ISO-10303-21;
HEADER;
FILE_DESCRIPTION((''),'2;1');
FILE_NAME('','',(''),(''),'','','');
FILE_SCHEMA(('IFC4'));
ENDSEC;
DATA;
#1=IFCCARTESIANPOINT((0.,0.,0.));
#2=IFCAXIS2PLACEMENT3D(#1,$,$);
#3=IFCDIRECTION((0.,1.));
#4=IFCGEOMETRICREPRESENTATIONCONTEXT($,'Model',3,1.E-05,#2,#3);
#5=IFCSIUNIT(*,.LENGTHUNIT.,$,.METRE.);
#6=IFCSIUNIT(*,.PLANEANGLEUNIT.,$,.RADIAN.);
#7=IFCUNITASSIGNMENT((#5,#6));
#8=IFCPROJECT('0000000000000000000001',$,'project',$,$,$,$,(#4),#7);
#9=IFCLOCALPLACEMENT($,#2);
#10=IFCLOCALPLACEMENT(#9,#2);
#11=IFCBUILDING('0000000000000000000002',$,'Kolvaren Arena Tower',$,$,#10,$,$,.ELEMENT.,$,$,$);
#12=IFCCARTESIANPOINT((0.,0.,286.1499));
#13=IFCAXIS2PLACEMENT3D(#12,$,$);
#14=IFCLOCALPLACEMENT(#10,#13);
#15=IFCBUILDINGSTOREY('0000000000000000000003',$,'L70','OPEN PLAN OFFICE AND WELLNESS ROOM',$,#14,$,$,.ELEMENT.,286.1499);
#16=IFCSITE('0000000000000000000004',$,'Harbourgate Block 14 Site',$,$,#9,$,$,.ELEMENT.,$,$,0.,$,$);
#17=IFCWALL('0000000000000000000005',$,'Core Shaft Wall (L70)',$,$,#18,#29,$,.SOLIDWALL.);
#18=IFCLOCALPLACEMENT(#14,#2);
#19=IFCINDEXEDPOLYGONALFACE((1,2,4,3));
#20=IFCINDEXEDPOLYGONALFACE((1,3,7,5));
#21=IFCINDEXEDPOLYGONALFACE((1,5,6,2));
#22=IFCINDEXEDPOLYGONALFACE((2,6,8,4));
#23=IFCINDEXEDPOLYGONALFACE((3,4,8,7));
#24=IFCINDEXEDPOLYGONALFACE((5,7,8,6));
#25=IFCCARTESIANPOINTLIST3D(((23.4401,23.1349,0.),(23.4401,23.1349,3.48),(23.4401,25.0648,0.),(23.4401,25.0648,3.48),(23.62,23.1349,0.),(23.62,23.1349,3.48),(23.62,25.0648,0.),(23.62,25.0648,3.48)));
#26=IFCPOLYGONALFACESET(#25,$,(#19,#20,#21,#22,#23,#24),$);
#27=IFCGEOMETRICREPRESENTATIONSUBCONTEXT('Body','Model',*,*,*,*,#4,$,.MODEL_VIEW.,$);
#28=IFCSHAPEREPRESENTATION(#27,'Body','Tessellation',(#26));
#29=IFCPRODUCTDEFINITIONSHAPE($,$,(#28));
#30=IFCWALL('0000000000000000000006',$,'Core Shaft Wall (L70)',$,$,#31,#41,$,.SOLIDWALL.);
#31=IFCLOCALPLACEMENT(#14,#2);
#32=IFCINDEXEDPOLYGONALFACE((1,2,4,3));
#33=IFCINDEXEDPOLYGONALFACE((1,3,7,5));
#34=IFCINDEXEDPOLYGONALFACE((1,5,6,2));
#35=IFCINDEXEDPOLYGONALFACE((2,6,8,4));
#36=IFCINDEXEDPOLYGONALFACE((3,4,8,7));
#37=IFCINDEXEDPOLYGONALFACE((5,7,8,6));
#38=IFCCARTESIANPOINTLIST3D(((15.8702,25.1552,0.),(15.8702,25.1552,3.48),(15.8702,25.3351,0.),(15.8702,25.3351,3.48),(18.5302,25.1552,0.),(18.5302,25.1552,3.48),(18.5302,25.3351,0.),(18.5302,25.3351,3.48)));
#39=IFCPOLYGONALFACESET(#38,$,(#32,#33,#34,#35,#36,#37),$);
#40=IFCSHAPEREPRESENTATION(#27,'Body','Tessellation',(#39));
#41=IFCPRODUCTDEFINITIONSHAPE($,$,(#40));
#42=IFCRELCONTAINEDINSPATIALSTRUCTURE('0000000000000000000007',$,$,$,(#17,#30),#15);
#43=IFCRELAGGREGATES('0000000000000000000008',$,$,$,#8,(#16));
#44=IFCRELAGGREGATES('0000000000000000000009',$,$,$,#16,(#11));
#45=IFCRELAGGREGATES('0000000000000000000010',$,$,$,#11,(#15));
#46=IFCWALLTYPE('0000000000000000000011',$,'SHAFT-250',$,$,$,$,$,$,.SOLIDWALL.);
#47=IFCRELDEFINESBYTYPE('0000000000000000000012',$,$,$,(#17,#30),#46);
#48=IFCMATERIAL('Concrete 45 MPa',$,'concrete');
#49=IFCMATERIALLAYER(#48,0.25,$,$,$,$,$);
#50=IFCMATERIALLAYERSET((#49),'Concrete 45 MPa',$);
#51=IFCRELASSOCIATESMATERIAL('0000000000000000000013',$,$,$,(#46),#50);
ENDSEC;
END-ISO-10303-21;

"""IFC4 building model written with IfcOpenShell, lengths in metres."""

from ifc_helpers import new_model, si_unit, direction, frame, frame_2d, origin, place, context, subcontext, project, spatial, rectangle, extrude, material, layer, layer_set, type_object, element, save


model = new_model("IFC4")

# Units and contexts
model_context = context("Model", 3, precision=1e-05, world=origin(), true_north=direction((0.0, 1.0)))
body_context = subcontext(model_context, "Body", "Model", "MODEL_VIEW")
ifc_project = project(units=[si_unit("LENGTHUNIT", "METRE"), si_unit("PLANEANGLEUNIT", "RADIAN")], contexts=[model_context])

# Site, building, storey
site_placement = place(None, origin())
site = spatial("IfcSite", under=ifc_project, at=site_placement, Name="Harbourgate Block 14 Site", CompositionType="ELEMENT", RefElevation=0.0)
building_placement = place(site_placement, origin())
building = spatial("IfcBuilding", under=site, at=building_placement, Name="Kolvaren Arena Tower", CompositionType="ELEMENT")
storey_placement = place(building_placement, frame((0.0, 0.0, 286.1499)))
storey = spatial("IfcBuildingStorey", under=building, at=storey_placement, Name="L70", Description="OPEN PLAN OFFICE AND WELLNESS ROOM", CompositionType="ELEMENT", Elevation=286.1499)

# Walls
ifc_material_1 = material(Name="Concrete 45 MPa", Category="concrete")
ifc_layer_1 = layer(ifc_material_1, 0.25)
ifc_layer_set_1 = layer_set([ifc_layer_1], Name="Concrete 45 MPa")
wall_type_1 = type_object("IfcWallType", Name="SHAFT-250", PredefinedType="SOLIDWALL", material=ifc_layer_set_1)
for number, where, z_axis, x_axis, name in (
    (1, (23.53, 23.135, 0.0), (0.0, 0.0, 1.0), (0.0, 1.0, 0.0), "Core Shaft Wall (L70)"),
):
    element("IfcWall", number, at=place(storey_placement, frame(where, z_axis=z_axis, x_axis=x_axis)), inside=storey, type_object=wall_type_1, Name=name, PredefinedType="SOLIDWALL", context=body_context, shape_type="SweptSolid", body=[
        extrude(rectangle(XDim=1.9299, YDim=0.1799, at=frame_2d((0.9648, 0.0))), origin(), (0.0, 0.0, 1.0), 3.48),
    ])
wall_1_placement = place(storey_placement, frame((15.8701, 25.2451, 0.0), z_axis=(0.0, 0.0, 1.0), x_axis=(1.0, 0.0, 0.0)))
element("IfcWall", 2, at=wall_1_placement, inside=storey, type_object=wall_type_1, Name="Core Shaft Wall (L70)", PredefinedType="SOLIDWALL", context=body_context, shape_type="SweptSolid", body=[
    extrude(rectangle(XDim=2.6599, YDim=0.1799, at=frame_2d((1.3301, 0.0))), origin(), (0.0, 0.0, 1.0), 3.48),
])

save(model, "model.ifc")
